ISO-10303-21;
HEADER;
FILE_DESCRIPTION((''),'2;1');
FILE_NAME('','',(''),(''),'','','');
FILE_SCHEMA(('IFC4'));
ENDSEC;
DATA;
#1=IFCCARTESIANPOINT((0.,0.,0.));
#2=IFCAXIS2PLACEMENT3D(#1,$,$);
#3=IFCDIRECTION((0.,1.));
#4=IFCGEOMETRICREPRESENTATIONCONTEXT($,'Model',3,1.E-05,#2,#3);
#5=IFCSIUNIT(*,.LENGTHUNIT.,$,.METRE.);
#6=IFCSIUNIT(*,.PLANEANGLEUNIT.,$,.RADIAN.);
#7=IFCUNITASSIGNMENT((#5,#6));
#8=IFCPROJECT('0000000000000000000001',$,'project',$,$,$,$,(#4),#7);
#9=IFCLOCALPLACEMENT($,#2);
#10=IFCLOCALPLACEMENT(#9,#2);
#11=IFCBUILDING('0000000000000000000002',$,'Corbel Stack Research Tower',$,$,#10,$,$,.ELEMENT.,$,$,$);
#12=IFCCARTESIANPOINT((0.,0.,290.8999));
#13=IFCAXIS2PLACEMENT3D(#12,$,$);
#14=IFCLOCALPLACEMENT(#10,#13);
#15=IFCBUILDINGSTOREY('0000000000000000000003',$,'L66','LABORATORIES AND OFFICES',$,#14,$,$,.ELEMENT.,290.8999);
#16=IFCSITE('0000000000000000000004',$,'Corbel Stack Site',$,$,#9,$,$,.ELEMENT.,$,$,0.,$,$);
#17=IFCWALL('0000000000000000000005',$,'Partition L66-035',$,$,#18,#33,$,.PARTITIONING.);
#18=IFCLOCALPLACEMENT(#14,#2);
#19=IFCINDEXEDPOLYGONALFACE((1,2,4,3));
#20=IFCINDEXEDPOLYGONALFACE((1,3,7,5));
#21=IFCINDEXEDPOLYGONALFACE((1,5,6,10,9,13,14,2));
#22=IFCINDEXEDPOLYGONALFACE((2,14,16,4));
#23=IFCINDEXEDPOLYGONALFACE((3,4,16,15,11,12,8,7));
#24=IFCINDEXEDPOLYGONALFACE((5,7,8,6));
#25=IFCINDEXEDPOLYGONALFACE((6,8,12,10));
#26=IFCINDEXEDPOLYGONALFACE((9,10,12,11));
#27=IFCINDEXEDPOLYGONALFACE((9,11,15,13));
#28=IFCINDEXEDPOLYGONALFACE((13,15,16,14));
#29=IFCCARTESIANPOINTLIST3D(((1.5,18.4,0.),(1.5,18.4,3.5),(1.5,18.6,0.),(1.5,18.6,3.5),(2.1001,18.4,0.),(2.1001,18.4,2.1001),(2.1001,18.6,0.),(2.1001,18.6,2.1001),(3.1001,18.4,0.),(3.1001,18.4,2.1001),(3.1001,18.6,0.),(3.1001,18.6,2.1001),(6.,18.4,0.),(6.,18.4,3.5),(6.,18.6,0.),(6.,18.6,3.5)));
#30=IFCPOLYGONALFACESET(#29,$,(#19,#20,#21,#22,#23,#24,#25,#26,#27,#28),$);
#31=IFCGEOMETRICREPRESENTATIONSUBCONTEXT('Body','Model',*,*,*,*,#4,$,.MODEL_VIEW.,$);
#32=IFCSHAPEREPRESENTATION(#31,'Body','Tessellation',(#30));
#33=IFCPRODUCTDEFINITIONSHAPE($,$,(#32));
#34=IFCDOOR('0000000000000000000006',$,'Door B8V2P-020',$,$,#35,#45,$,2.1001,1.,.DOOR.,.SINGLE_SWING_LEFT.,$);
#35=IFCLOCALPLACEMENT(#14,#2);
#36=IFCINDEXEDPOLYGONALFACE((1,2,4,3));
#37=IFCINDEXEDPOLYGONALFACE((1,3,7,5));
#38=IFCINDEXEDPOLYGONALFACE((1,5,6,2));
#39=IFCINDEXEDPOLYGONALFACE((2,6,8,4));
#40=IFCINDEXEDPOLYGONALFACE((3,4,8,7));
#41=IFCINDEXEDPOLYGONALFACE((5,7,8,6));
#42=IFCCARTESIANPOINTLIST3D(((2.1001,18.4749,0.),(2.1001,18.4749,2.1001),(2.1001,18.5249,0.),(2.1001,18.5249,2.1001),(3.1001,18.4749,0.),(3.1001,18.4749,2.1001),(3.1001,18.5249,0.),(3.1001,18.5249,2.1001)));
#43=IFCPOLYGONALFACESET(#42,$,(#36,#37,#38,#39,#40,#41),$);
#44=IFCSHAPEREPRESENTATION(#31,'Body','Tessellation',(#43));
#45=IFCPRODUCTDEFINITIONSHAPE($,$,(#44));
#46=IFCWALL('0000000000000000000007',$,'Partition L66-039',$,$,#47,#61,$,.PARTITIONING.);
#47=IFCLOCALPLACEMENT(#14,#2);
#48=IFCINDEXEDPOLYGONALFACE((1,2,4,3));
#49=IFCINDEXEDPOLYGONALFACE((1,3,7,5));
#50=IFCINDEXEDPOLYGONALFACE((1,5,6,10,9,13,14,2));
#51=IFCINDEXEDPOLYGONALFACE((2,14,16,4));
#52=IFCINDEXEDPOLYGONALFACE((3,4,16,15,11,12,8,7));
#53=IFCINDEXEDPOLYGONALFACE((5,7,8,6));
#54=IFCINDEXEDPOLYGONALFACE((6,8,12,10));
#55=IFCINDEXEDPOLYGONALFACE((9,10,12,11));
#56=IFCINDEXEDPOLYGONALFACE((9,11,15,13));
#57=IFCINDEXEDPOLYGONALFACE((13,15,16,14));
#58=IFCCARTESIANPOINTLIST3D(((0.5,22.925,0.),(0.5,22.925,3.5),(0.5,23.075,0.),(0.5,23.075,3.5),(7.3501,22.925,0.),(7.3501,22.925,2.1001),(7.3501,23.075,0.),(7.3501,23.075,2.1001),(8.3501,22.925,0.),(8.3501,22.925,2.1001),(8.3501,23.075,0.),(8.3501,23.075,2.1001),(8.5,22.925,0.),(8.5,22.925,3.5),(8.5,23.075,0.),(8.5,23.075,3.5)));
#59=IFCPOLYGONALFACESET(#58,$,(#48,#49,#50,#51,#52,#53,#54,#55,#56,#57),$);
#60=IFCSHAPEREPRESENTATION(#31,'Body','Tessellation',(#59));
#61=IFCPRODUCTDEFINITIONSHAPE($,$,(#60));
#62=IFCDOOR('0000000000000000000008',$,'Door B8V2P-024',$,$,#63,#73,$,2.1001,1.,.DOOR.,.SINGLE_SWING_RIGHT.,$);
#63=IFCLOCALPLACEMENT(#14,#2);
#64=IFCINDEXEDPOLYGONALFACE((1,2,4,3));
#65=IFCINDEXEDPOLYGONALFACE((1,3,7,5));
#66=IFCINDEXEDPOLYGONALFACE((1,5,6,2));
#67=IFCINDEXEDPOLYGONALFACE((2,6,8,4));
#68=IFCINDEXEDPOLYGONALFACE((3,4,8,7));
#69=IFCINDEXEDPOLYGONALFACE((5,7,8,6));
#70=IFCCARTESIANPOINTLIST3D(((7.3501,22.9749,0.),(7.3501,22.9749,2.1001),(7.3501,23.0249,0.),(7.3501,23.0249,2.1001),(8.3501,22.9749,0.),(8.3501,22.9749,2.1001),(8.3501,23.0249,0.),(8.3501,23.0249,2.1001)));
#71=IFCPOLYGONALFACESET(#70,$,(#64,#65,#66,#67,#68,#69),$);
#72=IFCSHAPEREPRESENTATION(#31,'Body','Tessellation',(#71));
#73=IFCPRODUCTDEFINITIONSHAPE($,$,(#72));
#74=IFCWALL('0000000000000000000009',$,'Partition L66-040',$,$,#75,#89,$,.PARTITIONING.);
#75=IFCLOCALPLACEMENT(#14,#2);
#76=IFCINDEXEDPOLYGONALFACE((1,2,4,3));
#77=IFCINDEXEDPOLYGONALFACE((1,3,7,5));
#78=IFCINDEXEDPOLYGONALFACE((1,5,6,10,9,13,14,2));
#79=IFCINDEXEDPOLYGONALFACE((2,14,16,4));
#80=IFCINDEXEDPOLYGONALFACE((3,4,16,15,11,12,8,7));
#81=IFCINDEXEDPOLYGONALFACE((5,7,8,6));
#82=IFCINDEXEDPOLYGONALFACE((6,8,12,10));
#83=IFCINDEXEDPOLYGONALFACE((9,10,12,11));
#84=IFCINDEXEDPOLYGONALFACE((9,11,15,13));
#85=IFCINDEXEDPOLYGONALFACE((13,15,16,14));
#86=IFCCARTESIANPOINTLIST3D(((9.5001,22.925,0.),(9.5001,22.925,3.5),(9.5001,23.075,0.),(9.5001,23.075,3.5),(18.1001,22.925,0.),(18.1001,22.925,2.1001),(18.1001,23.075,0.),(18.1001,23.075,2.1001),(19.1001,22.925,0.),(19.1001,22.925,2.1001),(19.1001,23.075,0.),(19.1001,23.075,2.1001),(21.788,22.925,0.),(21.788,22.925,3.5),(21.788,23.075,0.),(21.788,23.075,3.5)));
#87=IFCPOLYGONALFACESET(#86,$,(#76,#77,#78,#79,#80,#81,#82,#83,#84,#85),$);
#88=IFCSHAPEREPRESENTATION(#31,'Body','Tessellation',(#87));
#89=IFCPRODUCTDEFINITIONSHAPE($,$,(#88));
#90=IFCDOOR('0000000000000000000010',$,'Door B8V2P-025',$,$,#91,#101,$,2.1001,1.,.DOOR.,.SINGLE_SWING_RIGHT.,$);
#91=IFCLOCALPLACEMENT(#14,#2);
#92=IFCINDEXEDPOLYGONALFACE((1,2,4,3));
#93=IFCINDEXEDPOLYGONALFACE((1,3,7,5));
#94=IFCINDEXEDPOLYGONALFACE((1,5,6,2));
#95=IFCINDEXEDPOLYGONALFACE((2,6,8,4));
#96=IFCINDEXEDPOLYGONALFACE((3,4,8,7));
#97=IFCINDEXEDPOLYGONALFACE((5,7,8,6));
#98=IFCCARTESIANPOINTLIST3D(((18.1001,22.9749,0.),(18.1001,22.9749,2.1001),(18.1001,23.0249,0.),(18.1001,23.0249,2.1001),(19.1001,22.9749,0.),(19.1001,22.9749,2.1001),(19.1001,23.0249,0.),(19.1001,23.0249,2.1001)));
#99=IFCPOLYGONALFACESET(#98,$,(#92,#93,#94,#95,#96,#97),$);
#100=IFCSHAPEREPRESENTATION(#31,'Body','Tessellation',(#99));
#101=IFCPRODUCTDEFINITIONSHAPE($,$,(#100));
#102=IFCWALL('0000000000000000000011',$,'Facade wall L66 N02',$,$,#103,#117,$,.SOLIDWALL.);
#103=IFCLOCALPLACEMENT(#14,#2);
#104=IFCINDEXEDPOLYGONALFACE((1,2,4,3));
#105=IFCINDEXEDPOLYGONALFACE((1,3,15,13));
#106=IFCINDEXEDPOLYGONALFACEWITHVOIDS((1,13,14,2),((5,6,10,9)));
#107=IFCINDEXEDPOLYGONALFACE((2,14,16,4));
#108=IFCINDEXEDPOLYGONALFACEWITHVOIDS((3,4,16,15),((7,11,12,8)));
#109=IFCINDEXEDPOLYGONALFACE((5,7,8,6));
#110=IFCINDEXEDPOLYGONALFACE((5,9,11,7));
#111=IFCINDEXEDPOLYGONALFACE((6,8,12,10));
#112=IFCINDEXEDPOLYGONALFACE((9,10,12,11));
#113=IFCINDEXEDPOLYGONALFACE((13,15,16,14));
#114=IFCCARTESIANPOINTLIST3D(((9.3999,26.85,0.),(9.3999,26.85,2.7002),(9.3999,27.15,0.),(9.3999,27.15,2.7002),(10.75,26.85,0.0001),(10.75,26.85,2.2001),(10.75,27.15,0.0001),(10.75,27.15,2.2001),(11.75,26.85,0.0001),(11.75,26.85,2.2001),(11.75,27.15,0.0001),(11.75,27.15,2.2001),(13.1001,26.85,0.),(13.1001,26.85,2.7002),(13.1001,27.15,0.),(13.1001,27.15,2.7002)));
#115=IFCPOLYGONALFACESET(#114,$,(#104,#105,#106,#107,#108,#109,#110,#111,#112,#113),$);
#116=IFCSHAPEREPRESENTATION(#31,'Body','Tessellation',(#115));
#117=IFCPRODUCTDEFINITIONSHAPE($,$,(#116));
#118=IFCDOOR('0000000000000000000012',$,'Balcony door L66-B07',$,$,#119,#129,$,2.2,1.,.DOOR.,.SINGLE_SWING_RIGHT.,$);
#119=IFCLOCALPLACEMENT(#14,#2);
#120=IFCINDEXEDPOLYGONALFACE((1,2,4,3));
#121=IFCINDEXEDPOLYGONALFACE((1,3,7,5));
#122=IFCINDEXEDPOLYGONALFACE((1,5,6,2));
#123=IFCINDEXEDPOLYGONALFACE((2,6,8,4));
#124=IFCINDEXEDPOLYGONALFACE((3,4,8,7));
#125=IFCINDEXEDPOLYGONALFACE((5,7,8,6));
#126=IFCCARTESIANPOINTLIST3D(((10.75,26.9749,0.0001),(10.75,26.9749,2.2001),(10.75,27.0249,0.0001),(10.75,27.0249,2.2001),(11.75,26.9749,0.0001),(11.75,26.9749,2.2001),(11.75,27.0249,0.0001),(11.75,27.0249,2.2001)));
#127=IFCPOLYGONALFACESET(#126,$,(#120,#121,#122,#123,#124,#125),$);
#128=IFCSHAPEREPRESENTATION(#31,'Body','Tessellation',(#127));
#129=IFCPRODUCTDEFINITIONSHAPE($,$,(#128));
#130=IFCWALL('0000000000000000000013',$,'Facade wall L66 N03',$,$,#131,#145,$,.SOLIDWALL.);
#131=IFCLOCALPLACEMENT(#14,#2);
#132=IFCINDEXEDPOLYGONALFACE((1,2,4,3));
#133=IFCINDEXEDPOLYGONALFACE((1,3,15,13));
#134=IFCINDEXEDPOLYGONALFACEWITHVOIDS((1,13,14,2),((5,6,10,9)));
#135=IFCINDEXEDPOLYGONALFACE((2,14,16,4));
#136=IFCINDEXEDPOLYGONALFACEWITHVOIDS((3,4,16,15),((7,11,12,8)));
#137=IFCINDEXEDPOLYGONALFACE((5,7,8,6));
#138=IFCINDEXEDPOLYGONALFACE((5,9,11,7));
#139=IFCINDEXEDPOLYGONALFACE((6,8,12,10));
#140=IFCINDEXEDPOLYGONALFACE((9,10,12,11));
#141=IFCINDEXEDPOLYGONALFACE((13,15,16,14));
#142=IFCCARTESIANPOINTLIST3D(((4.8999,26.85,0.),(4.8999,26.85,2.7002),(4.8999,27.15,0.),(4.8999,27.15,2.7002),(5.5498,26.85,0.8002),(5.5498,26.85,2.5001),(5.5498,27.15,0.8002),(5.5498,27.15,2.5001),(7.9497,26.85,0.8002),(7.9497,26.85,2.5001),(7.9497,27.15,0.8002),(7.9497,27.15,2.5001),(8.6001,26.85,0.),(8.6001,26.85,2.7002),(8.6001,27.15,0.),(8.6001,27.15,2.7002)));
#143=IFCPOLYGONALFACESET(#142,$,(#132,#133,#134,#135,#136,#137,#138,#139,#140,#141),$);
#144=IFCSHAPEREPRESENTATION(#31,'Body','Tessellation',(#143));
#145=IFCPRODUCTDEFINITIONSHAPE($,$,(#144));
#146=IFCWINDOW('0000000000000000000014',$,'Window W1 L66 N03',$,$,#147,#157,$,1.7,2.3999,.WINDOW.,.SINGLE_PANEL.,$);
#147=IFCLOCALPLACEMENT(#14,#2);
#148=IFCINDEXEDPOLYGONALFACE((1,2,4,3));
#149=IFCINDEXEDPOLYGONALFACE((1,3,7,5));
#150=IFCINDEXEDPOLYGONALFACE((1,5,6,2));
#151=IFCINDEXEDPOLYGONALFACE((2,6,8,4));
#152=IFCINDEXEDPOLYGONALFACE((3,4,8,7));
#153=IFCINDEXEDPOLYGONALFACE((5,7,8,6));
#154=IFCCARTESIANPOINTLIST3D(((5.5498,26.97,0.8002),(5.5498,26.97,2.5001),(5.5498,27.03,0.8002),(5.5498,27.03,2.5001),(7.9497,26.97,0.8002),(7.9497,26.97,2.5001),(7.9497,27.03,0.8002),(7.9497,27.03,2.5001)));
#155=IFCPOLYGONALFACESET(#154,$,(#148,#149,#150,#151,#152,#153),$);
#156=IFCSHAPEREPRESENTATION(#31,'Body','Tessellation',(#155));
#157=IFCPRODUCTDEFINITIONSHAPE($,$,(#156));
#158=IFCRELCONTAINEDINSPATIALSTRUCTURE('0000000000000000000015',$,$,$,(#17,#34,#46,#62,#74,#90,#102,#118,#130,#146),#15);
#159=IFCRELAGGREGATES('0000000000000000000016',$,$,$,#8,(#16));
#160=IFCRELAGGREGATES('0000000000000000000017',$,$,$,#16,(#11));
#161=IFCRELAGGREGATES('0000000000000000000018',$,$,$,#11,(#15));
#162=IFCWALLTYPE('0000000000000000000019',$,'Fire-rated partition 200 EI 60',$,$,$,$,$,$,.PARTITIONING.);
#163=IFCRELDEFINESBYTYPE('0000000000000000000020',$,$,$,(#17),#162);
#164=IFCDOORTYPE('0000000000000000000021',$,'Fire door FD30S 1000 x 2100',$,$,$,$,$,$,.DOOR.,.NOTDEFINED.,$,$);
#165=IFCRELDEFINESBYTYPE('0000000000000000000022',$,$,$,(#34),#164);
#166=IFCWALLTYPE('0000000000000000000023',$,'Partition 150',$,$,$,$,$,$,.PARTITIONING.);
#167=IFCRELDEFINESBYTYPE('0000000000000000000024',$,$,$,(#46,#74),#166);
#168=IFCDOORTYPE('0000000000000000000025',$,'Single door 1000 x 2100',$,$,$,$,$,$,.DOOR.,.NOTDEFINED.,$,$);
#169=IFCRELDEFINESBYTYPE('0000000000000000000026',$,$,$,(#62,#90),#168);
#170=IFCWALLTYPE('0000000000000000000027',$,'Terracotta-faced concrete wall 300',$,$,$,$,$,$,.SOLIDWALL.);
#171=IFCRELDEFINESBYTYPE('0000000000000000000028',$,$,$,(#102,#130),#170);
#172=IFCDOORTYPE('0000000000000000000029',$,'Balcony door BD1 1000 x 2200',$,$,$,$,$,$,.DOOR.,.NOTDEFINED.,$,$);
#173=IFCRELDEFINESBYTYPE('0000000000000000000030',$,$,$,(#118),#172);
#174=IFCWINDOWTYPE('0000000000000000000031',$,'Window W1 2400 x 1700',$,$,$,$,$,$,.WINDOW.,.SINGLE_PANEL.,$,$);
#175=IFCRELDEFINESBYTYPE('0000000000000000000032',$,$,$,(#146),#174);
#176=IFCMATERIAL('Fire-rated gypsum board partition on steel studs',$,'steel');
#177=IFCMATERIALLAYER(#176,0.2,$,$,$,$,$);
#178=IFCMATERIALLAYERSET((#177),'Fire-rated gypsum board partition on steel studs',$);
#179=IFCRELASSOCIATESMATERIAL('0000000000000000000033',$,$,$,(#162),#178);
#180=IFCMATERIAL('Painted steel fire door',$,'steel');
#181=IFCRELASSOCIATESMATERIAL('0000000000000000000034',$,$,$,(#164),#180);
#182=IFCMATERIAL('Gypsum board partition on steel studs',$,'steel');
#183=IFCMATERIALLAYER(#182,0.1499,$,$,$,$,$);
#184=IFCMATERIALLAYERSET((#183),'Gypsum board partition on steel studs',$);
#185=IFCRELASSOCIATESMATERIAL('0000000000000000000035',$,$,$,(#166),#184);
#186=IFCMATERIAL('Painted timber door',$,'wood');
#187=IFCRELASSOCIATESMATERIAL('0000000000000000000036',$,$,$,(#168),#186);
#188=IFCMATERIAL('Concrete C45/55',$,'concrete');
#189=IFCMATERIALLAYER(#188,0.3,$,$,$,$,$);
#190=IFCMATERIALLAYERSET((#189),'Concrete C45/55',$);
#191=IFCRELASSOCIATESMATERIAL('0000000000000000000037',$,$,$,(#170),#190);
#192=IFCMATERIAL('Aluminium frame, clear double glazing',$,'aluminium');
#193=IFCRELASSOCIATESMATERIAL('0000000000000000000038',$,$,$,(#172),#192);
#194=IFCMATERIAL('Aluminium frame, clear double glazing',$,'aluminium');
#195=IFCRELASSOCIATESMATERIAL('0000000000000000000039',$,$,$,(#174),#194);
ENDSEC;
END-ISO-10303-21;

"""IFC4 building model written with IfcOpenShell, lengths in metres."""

from ifc_helpers import new_model, si_unit, direction, frame, frame_2d, origin, place, context, subcontext, project, spatial, rectangle, extrude, material, layer, layer_set, type_object, element, fill, save


model = new_model("IFC4")

# Units and contexts
model_context = context("Model", 3, precision=1e-05, world=origin(), true_north=direction((0.0, 1.0)))
body_context = subcontext(model_context, "Body", "Model", "MODEL_VIEW")
ifc_project = project(units=[si_unit("LENGTHUNIT", "METRE"), si_unit("PLANEANGLEUNIT", "RADIAN")], contexts=[model_context])

# Site, building, storey
site_placement = place(None, origin())
site = spatial("IfcSite", under=ifc_project, at=site_placement, Name="Corbel Stack Site", CompositionType="ELEMENT", RefElevation=0.0)
building_placement = place(site_placement, origin())
building = spatial("IfcBuilding", under=site, at=building_placement, Name="Corbel Stack Research Tower", CompositionType="ELEMENT")
storey_placement = place(building_placement, frame((0.0, 0.0, 290.8999)))
storey = spatial("IfcBuildingStorey", under=building, at=storey_placement, Name="L66", Description="LABORATORIES AND OFFICES", CompositionType="ELEMENT", Elevation=290.8999)

# Shared definitions
ifc_material_1 = material(Name="Fire-rated gypsum board partition on steel studs", Category="steel")
ifc_layer_1 = layer(ifc_material_1, 0.2)
ifc_layer_set_1 = layer_set([ifc_layer_1], Name="Fire-rated gypsum board partition on steel studs")
wall_type_1 = type_object("IfcWallType", Name="Fire-rated partition 200 EI 60", PredefinedType="PARTITIONING", material=ifc_layer_set_1)

# Walls, openings, doors
ifc_material_2 = material(Name="Painted steel fire door", Category="steel")
door_type_1 = type_object("IfcDoorType", Name="Fire door FD30S 1000 x 2100", OperationType="NOTDEFINED", PredefinedType="DOOR", material=ifc_material_2)
wall_1_placement = place(storey_placement, frame((1.5, 18.5, 0.0), z_axis=(0.0, 0.0, 1.0), x_axis=(1.0, 0.0, 0.0)))
wall_1 = element("IfcWall", 1, at=wall_1_placement, inside=storey, type_object=wall_type_1, Name="Partition L66-035", PredefinedType="PARTITIONING", context=body_context, shape_type="SweptSolid", body=[
    extrude(rectangle(XDim=4.5, YDim=0.2, at=frame_2d((2.25, 0.0))), origin(), (0.0, 0.0, 1.0), 3.5),
])
opening_1_placement = place(wall_1_placement, frame((0.6001, 0.0, 0.0)))
opening_1 = element("IfcOpeningElement", 2, at=opening_1_placement, cuts=wall_1, PredefinedType="OPENING", context=body_context, shape_type="SweptSolid", body=[
    extrude(rectangle(XDim=1.0, YDim=2.1001, at=frame_2d((0.5, 1.05))), frame((0.0, 0.1099, 0.0), z_axis=(0.0, -1.0, 0.0), x_axis=(1.0, 0.0, 0.0)), (0.0, 0.0, 1.0), 0.22),
])
door_1_placement = place(opening_1_placement, origin())
door_1 = element("IfcDoor", 3, at=door_1_placement, inside=storey, type_object=door_type_1, Name="Door B8V2P-020", OperationType="SINGLE_SWING_LEFT", OverallHeight=2.1001, OverallWidth=1.0, PredefinedType="DOOR", context=body_context, shape_type="SweptSolid", body=[
    extrude(rectangle(XDim=1.0, YDim=2.1001, at=frame_2d((0.5, 1.05))), frame((0.0, 0.0249, 0.0), z_axis=(0.0, -1.0, 0.0), x_axis=(1.0, 0.0, 0.0)), (0.0, 0.0, 1.0), 0.05),
])
fill(opening_1, door_1)
ifc_material_3 = material(Name="Gypsum board partition on steel studs", Category="steel")
ifc_layer_2 = layer(ifc_material_3, 0.1499)
ifc_layer_set_2 = layer_set([ifc_layer_2], Name="Gypsum board partition on steel studs")
wall_type_2 = type_object("IfcWallType", Name="Partition 150", PredefinedType="PARTITIONING", material=ifc_layer_set_2)
wall_2_placement = place(storey_placement, frame((0.5, 23.0, 0.0), z_axis=(0.0, 0.0, 1.0), x_axis=(1.0, 0.0, 0.0)))
wall_2 = element("IfcWall", 4, at=wall_2_placement, inside=storey, type_object=wall_type_2, Name="Partition L66-039", PredefinedType="PARTITIONING", context=body_context, shape_type="SweptSolid", body=[
    extrude(rectangle(XDim=8.0, YDim=0.1499, at=frame_2d((4.0, 0.0))), origin(), (0.0, 0.0, 1.0), 3.5),
])
opening_2_placement = place(wall_2_placement, frame((6.8501, 0.0, 0.0)))
opening_2 = element("IfcOpeningElement", 5, at=opening_2_placement, cuts=wall_2, PredefinedType="OPENING", context=body_context, shape_type="SweptSolid", body=[
    extrude(rectangle(XDim=1.0, YDim=2.1001, at=frame_2d((0.5, 1.05))), frame((0.0, 0.085, 0.0), z_axis=(0.0, -1.0, 0.0), x_axis=(1.0, 0.0, 0.0)), (0.0, 0.0, 1.0), 0.1699),
])
ifc_material_4 = material(Name="Painted timber door", Category="wood")
door_type_2 = type_object("IfcDoorType", Name="Single door 1000 x 2100", OperationType="NOTDEFINED", PredefinedType="DOOR", material=ifc_material_4)
door_2_placement = place(opening_2_placement, origin())
door_2 = element("IfcDoor", 6, at=door_2_placement, inside=storey, type_object=door_type_2, Name="Door B8V2P-024", OperationType="SINGLE_SWING_RIGHT", OverallHeight=2.1001, OverallWidth=1.0, PredefinedType="DOOR", context=body_context, shape_type="SweptSolid", body=[
    extrude(rectangle(XDim=1.0, YDim=2.1001, at=frame_2d((0.5, 1.05))), frame((0.0, 0.0249, 0.0), z_axis=(0.0, -1.0, 0.0), x_axis=(1.0, 0.0, 0.0)), (0.0, 0.0, 1.0), 0.05),
])
fill(opening_2, door_2)
wall_3_placement = place(storey_placement, frame((9.5, 23.0, 0.0), z_axis=(0.0, 0.0, 1.0), x_axis=(1.0, 0.0, 0.0)))
wall_3 = element("IfcWall", 7, at=wall_3_placement, inside=storey, type_object=wall_type_2, Name="Partition L66-040", PredefinedType="PARTITIONING", context=body_context, shape_type="SweptSolid", body=[
    extrude(rectangle(XDim=12.2878, YDim=0.1499, at=frame_2d((6.144, 0.0))), origin(), (0.0, 0.0, 1.0), 3.5),
])
opening_3_placement = place(wall_3_placement, frame((8.6001, 0.0, 0.0)))
opening_3 = element("IfcOpeningElement", 8, at=opening_3_placement, cuts=wall_3, PredefinedType="OPENING", context=body_context, shape_type="SweptSolid", body=[
    extrude(rectangle(XDim=1.0, YDim=2.1001, at=frame_2d((0.5, 1.05))), frame((0.0, 0.085, 0.0), z_axis=(0.0, -1.0, 0.0), x_axis=(1.0, 0.0, 0.0)), (0.0, 0.0, 1.0), 0.1699),
])
door_3_placement = place(opening_3_placement, origin())
door_3 = element("IfcDoor", 9, at=door_3_placement, inside=storey, type_object=door_type_2, Name="Door B8V2P-025", OperationType="SINGLE_SWING_RIGHT", OverallHeight=2.1001, OverallWidth=1.0, PredefinedType="DOOR", context=body_context, shape_type="SweptSolid", body=[
    extrude(rectangle(XDim=1.0, YDim=2.1001, at=frame_2d((0.5, 1.05))), frame((0.0, 0.0249, 0.0), z_axis=(0.0, -1.0, 0.0), x_axis=(1.0, 0.0, 0.0)), (0.0, 0.0, 1.0), 0.05),
])
fill(opening_3, door_3)
ifc_material_5 = material(Name="Concrete C45/55", Category="concrete")
ifc_layer_3 = layer(ifc_material_5, 0.3)
ifc_layer_set_3 = layer_set([ifc_layer_3], Name="Concrete C45/55")
wall_type_3 = type_object("IfcWallType", Name="Terracotta-faced concrete wall 300", PredefinedType="SOLIDWALL", material=ifc_layer_set_3)
wall_4_placement = place(storey_placement, frame((9.3999, 27.0, 0.0), z_axis=(0.0, 0.0, 1.0), x_axis=(1.0, 0.0, 0.0)))
wall_4 = element("IfcWall", 10, at=wall_4_placement, inside=storey, type_object=wall_type_3, Name="Facade wall L66 N02", PredefinedType="SOLIDWALL", context=body_context, shape_type="SweptSolid", body=[
    extrude(rectangle(XDim=3.7002, YDim=0.3, at=frame_2d((1.8501, 0.0))), origin(), (0.0, 0.0, 1.0), 2.7002),
])
opening_4_placement = place(wall_4_placement, frame((1.3501, 0.0, 0.0)))
opening_4 = element("IfcOpeningElement", 11, at=opening_4_placement, cuts=wall_4, PredefinedType="OPENING", context=body_context, shape_type="SweptSolid", body=[
    extrude(rectangle(XDim=1.0, YDim=2.2, at=frame_2d((0.5, 1.1001))), frame((0.0, 0.1599, 0.0), z_axis=(0.0, -1.0, 0.0), x_axis=(1.0, 0.0, 0.0)), (0.0, 0.0, 1.0), 0.3201),
])
ifc_material_6 = material(Name="Aluminium frame, clear double glazing", Category="aluminium")
door_type_3 = type_object("IfcDoorType", Name="Balcony door BD1 1000 x 2200", OperationType="NOTDEFINED", PredefinedType="DOOR", material=ifc_material_6)
door_4_placement = place(opening_4_placement, origin())
door_4 = element("IfcDoor", 12, at=door_4_placement, inside=storey, type_object=door_type_3, Name="Balcony door L66-B07", OperationType="SINGLE_SWING_RIGHT", OverallHeight=2.2, OverallWidth=1.0, PredefinedType="DOOR", context=body_context, shape_type="SweptSolid", body=[
    extrude(rectangle(XDim=1.0, YDim=2.2, at=frame_2d((0.5, 1.1001))), frame((0.0, 0.0249, 0.0), z_axis=(0.0, -1.0, 0.0), x_axis=(1.0, 0.0, 0.0)), (0.0, 0.0, 1.0), 0.05),
])
fill(opening_4, door_4)

# Wall, opening, window
wall_5_placement = place(storey_placement, frame((4.8999, 27.0, 0.0), z_axis=(0.0, 0.0, 1.0), x_axis=(1.0, 0.0, 0.0)))
wall_5 = element("IfcWall", 13, at=wall_5_placement, inside=storey, type_object=wall_type_3, Name="Facade wall L66 N03", PredefinedType="SOLIDWALL", context=body_context, shape_type="SweptSolid", body=[
    extrude(rectangle(XDim=3.7002, YDim=0.3, at=frame_2d((1.8501, 0.0))), origin(), (0.0, 0.0, 1.0), 2.7002),
])
opening_5_placement = place(wall_5_placement, frame((0.6499, 0.0, 0.8)))
opening_5 = element("IfcOpeningElement", 14, at=opening_5_placement, cuts=wall_5, PredefinedType="OPENING", context=body_context, shape_type="SweptSolid", body=[
    extrude(rectangle(XDim=2.3999, YDim=1.7, at=frame_2d((1.2, 0.8501))), frame((0.0, 0.1599, 0.0), z_axis=(0.0, -1.0, 0.0), x_axis=(1.0, 0.0, 0.0)), (0.0, 0.0, 1.0), 0.3201),
])
ifc_material_7 = material(Name="Aluminium frame, clear double glazing", Category="aluminium")
window_type = type_object("IfcWindowType", Name="Window W1 2400 x 1700", PartitioningType="SINGLE_PANEL", PredefinedType="WINDOW", material=ifc_material_7)
window_1_placement = place(opening_5_placement, origin())
window_1 = element("IfcWindow", 15, at=window_1_placement, inside=storey, type_object=window_type, Name="Window W1 L66 N03", OverallHeight=1.7, OverallWidth=2.3999, PartitioningType="SINGLE_PANEL", PredefinedType="WINDOW", context=body_context, shape_type="SweptSolid", body=[
    extrude(rectangle(XDim=2.3999, YDim=1.7, at=frame_2d((1.2, 0.8501))), frame((0.0, 0.03, 0.0), z_axis=(0.0, -1.0, 0.0), x_axis=(1.0, 0.0, 0.0)), (0.0, 0.0, 1.0), 0.0601),
])
fill(opening_5, window_1)

save(model, "model.ifc")
